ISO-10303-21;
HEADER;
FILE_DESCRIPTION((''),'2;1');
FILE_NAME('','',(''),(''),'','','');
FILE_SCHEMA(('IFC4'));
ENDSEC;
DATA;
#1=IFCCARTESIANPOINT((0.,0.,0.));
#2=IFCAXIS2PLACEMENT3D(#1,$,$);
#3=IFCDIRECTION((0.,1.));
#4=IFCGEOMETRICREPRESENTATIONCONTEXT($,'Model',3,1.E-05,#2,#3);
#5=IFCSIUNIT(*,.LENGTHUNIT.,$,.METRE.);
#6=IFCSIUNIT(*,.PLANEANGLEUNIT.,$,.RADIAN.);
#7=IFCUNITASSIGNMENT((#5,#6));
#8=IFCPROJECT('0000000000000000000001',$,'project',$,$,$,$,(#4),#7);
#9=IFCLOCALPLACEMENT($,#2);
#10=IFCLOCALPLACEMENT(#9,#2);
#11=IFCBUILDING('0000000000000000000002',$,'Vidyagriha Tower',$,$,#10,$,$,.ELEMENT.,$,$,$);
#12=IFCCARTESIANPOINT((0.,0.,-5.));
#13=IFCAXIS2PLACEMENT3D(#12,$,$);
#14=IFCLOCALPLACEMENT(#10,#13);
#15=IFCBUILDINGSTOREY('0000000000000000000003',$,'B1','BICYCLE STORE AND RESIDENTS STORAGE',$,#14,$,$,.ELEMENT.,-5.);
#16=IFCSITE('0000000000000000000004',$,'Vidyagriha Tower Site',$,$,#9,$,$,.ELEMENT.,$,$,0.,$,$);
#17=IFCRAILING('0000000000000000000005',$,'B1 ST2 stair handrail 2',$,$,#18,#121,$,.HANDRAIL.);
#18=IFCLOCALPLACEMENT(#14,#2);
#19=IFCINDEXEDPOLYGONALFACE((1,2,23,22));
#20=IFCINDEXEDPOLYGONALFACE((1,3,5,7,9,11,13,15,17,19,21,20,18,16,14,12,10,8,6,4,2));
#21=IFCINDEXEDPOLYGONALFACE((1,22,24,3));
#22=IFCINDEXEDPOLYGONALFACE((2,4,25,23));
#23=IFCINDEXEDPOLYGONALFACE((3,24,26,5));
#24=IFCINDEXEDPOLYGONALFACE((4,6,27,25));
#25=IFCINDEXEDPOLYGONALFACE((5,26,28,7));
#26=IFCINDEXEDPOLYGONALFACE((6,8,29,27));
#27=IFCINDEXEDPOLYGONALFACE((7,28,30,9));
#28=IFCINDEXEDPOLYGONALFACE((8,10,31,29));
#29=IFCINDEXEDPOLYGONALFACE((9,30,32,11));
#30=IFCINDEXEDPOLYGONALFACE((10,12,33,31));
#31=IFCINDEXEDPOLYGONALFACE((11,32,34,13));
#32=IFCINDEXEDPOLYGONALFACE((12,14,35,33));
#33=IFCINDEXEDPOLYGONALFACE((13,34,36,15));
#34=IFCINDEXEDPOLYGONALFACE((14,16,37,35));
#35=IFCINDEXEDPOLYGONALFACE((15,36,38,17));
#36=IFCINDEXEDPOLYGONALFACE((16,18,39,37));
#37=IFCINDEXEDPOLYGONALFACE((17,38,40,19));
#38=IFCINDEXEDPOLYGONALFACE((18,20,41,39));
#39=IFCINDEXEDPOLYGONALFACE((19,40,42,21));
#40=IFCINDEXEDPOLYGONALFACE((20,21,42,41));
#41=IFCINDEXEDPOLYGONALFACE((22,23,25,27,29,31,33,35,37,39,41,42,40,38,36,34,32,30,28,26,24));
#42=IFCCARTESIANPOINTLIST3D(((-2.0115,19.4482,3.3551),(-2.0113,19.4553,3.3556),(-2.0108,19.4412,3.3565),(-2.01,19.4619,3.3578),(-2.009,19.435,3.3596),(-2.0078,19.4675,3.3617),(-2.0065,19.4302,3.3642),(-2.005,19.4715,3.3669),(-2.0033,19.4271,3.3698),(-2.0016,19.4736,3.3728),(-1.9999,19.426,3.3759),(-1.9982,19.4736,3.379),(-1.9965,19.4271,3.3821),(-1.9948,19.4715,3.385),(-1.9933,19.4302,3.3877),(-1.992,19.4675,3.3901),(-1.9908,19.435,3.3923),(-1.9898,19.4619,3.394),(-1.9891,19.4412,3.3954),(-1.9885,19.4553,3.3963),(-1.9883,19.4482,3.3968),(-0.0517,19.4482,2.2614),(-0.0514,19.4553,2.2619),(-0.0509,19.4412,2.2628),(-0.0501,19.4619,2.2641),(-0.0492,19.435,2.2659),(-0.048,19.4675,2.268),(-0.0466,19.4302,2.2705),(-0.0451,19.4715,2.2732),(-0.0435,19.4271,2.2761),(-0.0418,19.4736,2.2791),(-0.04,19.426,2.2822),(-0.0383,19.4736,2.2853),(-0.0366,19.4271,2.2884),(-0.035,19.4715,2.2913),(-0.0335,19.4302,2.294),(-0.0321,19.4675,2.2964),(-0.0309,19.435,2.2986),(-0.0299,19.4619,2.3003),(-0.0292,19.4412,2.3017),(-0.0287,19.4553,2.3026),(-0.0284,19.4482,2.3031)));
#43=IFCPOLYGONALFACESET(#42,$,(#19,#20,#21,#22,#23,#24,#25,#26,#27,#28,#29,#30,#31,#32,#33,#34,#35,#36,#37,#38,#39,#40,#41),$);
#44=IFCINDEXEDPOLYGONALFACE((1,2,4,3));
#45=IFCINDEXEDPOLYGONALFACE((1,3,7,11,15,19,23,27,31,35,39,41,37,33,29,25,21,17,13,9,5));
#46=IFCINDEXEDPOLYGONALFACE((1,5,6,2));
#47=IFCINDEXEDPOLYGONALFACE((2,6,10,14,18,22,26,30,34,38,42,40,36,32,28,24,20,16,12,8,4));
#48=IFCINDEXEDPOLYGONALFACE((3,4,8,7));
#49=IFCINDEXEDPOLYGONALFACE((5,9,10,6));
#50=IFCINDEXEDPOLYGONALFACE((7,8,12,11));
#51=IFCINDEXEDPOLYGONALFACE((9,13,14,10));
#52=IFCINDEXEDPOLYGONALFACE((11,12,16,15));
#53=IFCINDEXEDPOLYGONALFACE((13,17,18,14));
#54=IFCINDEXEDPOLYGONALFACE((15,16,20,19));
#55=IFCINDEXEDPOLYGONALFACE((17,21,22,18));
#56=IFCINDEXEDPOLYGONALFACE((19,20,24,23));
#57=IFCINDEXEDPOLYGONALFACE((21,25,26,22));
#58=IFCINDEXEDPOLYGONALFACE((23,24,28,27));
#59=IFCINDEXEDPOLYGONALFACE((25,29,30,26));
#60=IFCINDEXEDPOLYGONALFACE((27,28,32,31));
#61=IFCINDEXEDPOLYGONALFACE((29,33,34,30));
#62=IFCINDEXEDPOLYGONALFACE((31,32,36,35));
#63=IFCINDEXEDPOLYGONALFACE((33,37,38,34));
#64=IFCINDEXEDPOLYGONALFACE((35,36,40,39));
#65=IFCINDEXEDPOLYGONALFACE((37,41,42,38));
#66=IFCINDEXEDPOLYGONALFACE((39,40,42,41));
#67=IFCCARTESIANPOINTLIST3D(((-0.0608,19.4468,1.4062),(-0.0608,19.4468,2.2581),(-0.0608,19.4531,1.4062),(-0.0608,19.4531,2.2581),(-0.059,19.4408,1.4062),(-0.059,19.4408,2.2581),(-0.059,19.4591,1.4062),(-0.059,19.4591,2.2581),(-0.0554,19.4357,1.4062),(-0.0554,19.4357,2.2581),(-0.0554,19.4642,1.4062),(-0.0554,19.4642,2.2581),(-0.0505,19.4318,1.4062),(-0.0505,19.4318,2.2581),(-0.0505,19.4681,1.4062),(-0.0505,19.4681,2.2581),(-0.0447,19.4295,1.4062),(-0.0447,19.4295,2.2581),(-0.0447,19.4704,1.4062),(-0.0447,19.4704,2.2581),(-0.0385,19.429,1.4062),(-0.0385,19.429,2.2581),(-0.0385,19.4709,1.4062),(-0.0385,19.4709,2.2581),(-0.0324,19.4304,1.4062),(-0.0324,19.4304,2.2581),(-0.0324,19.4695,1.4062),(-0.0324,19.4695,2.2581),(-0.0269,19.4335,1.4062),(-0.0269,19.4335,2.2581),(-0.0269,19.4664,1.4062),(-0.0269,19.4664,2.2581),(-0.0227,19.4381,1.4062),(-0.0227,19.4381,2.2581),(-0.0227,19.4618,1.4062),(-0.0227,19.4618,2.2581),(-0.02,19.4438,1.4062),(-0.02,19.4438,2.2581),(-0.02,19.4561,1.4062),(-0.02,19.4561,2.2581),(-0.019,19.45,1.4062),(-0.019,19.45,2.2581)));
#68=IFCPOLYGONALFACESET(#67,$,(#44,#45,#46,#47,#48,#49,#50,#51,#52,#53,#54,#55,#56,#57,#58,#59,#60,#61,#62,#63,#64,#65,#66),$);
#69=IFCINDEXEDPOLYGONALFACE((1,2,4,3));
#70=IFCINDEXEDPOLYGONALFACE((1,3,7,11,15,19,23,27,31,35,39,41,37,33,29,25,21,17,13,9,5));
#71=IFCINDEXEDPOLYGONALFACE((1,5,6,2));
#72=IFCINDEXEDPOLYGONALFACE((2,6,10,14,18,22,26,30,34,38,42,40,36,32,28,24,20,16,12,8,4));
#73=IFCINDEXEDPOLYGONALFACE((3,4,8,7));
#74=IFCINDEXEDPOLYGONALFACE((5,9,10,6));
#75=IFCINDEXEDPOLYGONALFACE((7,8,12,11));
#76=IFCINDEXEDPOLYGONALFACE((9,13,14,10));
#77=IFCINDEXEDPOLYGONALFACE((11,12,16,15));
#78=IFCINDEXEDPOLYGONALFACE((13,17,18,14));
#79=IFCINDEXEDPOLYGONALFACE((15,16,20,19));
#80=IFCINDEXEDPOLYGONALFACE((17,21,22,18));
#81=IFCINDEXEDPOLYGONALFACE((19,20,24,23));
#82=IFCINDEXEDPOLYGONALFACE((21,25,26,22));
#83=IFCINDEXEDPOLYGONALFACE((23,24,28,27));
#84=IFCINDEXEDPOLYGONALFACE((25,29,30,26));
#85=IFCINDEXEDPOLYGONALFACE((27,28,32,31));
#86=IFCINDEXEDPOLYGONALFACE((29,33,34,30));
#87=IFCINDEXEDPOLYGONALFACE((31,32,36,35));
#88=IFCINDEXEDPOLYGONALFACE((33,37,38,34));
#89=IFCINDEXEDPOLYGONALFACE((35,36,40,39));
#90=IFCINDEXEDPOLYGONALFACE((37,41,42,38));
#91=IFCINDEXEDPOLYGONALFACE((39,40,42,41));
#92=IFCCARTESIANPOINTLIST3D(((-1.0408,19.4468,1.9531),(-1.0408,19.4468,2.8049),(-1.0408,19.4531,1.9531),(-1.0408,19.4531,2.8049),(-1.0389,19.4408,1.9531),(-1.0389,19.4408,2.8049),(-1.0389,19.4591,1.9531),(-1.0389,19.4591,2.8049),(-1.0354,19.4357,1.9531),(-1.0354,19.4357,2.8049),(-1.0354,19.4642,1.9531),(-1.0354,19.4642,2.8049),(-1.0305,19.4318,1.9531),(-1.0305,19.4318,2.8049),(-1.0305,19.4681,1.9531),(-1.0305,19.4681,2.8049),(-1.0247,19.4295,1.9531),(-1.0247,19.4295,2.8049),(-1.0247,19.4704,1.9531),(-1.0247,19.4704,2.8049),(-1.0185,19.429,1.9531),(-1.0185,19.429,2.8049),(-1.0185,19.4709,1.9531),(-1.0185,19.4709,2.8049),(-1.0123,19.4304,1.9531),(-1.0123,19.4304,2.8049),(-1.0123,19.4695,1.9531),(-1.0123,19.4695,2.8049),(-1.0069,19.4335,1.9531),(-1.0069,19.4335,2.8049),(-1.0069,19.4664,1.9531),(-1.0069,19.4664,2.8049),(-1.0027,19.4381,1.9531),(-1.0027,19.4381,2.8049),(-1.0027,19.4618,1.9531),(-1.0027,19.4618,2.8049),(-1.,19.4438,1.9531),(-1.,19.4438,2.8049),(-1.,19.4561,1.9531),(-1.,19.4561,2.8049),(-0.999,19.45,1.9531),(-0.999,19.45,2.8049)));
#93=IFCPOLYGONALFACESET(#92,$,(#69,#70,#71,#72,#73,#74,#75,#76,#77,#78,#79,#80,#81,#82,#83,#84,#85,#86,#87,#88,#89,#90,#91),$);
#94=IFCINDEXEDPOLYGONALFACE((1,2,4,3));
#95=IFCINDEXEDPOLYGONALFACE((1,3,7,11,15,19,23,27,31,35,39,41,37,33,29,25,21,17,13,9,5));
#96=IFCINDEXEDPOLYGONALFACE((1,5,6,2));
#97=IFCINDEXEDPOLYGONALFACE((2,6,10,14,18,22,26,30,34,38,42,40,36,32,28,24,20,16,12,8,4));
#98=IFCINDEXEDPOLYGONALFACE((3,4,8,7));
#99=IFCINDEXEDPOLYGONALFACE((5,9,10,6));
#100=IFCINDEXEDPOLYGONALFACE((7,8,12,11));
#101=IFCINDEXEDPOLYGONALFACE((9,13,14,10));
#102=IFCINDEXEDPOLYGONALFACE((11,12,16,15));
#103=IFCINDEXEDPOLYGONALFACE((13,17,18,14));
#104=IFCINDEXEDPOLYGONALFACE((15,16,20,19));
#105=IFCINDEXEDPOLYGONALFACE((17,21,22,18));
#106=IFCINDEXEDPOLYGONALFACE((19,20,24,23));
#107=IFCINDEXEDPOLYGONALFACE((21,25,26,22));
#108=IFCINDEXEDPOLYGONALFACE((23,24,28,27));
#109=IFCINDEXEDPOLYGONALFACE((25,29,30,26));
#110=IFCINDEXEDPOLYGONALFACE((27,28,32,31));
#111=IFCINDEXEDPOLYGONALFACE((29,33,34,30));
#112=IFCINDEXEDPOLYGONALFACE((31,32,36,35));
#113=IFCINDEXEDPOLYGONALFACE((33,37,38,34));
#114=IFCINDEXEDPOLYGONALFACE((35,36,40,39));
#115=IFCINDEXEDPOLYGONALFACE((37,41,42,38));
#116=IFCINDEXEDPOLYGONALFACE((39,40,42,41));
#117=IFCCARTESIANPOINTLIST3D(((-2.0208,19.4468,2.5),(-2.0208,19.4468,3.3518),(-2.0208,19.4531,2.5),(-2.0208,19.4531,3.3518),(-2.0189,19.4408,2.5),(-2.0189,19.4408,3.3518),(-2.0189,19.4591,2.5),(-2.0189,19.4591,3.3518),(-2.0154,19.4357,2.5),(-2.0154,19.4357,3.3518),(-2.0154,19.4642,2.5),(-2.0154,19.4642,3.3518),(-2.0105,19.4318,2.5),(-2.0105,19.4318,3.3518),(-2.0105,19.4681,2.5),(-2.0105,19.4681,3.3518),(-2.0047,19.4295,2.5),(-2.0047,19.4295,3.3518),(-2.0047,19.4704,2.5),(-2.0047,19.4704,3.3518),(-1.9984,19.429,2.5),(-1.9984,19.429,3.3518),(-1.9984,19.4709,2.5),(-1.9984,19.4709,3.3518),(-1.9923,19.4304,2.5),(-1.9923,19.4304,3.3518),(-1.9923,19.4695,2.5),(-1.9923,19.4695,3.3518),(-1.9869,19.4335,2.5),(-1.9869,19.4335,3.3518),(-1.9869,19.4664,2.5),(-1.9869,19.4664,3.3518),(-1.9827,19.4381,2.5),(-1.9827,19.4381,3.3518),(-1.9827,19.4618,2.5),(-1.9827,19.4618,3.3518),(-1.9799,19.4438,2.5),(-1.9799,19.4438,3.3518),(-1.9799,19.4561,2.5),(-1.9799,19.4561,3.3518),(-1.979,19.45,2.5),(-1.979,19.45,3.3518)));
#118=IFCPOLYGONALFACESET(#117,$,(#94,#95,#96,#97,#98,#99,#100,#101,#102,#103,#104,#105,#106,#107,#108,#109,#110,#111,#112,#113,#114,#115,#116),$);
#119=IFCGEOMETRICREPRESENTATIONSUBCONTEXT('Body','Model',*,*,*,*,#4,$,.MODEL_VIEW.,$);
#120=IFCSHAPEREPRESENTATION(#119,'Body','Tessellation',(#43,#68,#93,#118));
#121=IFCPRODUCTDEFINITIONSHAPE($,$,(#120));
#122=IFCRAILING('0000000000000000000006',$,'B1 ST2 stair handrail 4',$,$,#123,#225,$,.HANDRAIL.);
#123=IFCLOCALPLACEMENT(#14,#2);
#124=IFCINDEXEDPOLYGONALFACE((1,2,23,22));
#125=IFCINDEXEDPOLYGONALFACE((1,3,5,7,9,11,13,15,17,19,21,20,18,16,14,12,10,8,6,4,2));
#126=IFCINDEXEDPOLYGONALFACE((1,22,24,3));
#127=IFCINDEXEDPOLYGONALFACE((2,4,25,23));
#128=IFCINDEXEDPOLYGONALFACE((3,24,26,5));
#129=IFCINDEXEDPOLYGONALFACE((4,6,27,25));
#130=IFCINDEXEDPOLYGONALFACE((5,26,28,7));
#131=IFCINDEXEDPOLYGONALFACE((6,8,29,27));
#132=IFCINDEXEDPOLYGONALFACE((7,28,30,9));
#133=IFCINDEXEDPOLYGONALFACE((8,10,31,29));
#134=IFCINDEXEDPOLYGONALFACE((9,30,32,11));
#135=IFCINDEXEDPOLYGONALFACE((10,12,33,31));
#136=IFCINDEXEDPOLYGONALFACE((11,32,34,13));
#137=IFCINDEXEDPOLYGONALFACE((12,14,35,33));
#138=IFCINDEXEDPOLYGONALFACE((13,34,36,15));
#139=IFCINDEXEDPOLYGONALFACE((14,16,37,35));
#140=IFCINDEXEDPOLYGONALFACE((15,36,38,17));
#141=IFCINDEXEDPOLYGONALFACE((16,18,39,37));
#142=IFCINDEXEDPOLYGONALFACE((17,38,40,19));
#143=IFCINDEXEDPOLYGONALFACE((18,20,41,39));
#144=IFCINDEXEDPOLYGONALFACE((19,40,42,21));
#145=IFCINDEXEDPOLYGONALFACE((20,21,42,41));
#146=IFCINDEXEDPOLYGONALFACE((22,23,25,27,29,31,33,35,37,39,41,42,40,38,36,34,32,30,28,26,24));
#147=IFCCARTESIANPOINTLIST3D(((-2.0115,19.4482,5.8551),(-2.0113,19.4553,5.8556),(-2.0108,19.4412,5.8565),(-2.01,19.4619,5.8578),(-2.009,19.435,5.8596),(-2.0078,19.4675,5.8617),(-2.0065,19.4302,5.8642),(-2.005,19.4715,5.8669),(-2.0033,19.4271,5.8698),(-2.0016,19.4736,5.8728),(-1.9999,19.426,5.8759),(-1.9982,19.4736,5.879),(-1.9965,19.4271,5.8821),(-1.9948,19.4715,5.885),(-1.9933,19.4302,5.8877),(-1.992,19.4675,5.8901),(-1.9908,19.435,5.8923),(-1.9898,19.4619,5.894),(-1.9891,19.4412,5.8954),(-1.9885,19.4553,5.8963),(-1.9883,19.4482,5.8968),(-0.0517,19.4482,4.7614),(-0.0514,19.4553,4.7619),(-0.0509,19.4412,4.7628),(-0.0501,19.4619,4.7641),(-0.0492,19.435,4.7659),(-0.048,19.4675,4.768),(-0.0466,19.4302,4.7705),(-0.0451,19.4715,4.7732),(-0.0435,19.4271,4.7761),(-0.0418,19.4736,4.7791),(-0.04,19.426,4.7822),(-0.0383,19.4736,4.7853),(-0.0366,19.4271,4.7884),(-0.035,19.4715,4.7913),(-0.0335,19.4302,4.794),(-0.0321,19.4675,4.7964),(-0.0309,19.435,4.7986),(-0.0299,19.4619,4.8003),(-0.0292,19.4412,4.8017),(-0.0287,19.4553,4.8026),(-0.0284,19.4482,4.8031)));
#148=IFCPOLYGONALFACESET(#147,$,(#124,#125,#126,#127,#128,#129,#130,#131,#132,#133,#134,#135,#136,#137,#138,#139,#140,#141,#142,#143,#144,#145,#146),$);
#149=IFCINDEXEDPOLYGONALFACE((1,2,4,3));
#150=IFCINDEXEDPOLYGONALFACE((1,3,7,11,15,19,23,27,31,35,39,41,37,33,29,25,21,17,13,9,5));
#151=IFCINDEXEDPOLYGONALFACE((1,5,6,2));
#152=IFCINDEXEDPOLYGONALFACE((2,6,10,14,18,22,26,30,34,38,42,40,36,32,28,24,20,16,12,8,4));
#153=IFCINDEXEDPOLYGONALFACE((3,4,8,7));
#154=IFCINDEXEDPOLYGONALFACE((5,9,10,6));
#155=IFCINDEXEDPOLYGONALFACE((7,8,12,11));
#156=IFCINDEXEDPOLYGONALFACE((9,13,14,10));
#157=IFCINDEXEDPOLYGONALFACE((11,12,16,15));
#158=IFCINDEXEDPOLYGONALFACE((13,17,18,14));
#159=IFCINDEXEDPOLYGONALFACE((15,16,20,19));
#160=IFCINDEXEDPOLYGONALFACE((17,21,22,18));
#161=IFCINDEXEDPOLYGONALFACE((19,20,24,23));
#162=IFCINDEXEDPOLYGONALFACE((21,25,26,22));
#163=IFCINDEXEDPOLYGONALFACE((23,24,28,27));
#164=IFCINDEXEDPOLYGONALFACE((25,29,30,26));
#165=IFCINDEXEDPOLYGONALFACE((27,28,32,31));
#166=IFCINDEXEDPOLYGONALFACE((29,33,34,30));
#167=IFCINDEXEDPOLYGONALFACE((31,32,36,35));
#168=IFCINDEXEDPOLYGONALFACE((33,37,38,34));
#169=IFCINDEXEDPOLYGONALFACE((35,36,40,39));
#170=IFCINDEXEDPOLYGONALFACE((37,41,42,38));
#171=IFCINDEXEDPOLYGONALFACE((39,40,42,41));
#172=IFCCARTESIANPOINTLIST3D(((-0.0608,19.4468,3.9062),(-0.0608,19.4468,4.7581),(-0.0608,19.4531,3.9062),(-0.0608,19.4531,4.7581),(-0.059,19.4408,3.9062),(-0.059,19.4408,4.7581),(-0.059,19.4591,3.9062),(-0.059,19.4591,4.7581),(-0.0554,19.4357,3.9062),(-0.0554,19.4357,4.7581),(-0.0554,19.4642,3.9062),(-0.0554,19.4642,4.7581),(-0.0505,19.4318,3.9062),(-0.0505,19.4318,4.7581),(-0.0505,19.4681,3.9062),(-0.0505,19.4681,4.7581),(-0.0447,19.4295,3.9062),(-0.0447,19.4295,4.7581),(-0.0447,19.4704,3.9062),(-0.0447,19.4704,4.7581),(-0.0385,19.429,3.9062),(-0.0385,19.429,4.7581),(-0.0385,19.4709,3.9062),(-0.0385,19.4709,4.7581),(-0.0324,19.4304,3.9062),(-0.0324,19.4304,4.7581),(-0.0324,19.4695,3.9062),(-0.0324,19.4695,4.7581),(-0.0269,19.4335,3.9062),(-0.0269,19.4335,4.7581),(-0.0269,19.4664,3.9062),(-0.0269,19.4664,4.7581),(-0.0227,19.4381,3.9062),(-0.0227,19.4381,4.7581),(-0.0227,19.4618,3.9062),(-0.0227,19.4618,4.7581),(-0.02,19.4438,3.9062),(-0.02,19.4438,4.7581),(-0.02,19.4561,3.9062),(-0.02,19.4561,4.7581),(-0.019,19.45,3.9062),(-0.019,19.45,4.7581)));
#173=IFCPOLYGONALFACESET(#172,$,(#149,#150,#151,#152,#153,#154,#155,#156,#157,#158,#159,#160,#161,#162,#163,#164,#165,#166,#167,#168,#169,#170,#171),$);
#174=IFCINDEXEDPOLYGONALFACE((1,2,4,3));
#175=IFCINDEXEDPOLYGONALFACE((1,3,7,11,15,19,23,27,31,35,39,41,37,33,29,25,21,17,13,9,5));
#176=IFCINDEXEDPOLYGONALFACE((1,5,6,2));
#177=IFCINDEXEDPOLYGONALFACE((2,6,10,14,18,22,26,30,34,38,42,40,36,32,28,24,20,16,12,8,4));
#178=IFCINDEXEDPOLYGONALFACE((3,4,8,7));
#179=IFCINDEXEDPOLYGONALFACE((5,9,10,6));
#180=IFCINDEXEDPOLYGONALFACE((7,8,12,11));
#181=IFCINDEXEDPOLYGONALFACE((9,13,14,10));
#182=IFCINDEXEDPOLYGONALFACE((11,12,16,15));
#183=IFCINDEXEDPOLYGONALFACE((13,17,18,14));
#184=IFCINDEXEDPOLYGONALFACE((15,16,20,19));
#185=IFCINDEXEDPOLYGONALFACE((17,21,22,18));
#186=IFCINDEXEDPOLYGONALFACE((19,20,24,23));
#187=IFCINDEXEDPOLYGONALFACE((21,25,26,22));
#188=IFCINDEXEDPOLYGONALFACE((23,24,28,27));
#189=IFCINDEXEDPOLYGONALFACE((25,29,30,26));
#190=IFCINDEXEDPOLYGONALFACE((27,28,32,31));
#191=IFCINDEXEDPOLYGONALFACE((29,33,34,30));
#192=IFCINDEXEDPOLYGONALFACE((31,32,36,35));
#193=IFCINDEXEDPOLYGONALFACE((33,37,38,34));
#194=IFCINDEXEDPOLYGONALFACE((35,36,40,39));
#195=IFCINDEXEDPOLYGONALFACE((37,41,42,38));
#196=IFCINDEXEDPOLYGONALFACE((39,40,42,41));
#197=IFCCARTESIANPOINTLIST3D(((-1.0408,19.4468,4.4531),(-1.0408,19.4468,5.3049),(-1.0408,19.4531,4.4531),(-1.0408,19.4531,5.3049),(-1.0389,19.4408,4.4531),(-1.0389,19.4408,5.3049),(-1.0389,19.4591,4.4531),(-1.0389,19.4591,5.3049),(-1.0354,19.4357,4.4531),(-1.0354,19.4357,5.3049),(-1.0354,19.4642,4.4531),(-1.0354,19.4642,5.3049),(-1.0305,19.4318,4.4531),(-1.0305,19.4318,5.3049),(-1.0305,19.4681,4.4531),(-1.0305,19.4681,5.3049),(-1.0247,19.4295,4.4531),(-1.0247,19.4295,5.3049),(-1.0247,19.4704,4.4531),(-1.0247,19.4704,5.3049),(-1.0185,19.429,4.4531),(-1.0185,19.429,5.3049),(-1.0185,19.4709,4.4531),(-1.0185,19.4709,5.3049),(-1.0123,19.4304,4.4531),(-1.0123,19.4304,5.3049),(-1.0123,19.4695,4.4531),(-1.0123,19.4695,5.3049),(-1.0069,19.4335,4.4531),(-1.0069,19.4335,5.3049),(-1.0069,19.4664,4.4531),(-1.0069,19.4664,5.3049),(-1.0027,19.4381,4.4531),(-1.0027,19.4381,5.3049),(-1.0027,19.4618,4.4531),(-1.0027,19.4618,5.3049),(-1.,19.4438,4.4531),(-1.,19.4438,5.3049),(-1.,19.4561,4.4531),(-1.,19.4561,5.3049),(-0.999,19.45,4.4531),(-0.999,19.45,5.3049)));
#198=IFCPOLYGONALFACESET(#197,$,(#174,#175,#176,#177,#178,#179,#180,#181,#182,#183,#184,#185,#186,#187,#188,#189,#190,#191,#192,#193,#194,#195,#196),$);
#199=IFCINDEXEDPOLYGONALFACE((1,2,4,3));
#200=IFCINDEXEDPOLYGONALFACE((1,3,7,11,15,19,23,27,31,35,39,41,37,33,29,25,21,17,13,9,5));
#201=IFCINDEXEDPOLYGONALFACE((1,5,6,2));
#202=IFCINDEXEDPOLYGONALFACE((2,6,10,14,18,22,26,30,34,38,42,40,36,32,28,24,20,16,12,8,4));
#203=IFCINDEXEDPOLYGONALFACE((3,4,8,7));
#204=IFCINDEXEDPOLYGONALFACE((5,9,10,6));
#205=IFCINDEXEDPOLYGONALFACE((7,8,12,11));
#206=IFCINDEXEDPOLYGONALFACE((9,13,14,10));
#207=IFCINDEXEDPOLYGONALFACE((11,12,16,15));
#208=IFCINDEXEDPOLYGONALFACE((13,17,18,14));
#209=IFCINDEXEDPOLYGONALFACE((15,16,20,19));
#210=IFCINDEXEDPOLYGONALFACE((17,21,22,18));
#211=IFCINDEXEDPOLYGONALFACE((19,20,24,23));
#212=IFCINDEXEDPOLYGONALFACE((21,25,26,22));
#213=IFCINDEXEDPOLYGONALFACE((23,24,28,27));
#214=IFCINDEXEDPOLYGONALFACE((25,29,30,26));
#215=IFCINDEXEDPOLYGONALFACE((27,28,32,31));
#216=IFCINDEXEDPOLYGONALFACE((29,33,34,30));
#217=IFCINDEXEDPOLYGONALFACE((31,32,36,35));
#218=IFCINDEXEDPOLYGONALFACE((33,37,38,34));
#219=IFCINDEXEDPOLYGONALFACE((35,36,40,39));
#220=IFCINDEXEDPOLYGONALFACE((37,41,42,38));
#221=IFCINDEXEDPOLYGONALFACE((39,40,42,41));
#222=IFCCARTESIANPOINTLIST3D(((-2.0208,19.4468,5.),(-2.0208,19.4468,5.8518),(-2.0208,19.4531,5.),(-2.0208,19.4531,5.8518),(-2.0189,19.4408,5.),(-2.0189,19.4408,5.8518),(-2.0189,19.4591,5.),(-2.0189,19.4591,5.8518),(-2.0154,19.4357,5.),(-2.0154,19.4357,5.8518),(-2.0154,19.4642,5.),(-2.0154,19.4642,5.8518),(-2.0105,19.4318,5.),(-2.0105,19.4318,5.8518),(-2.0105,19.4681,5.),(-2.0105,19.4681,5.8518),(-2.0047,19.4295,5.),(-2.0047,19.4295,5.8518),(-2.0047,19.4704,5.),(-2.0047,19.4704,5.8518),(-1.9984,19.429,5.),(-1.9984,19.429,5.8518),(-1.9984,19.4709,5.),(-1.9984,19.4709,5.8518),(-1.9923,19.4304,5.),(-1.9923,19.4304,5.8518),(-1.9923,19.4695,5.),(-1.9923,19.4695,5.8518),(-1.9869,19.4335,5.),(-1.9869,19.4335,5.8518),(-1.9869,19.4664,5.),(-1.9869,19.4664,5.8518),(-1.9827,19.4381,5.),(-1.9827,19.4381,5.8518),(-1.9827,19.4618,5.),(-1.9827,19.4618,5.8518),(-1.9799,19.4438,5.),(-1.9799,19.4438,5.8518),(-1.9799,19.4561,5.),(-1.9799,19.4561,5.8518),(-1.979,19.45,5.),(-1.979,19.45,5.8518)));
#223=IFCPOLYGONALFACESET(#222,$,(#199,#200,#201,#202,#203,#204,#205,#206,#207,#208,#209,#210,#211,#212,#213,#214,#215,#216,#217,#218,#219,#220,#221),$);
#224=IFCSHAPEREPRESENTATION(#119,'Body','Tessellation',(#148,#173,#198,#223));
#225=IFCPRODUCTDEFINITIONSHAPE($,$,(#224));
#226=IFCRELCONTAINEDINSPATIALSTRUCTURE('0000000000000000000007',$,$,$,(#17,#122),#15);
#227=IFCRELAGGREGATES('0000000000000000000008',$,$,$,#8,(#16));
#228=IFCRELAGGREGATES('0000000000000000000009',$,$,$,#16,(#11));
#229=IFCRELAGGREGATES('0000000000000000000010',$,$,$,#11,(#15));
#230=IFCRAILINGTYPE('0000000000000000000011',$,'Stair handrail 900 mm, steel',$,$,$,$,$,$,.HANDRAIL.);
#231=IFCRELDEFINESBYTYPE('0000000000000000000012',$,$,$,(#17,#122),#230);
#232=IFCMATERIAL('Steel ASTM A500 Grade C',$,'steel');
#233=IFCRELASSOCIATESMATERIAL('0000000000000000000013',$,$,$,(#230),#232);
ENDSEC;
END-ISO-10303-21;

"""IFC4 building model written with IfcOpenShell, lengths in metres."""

from ifc_helpers import new_model, si_unit, direction, frame, origin, origin_2d, place, context, subcontext, project, spatial, circle, extrude, material, type_object, element, save


model = new_model("IFC4")

# Units and contexts
model_context = context("Model", 3, precision=1e-05, world=origin(), true_north=direction((0.0, 1.0)))
body_context = subcontext(model_context, "Body", "Model", "MODEL_VIEW")
ifc_project = project(units=[si_unit("LENGTHUNIT", "METRE"), si_unit("PLANEANGLEUNIT", "RADIAN")], contexts=[model_context])

# Site, building, storey
site_placement = place(None, origin())
site = spatial("IfcSite", under=ifc_project, at=site_placement, Name="Vidyagriha Tower Site", CompositionType="ELEMENT", RefElevation=0.0)
building_placement = place(site_placement, origin())
building = spatial("IfcBuilding", under=site, at=building_placement, Name="Vidyagriha Tower", CompositionType="ELEMENT")
storey_placement = place(building_placement, frame((0.0, 0.0, -5.0)))
storey = spatial("IfcBuildingStorey", under=building, at=storey_placement, Name="B1", Description="BICYCLE STORE AND RESIDENTS STORAGE", CompositionType="ELEMENT", Elevation=-5.0)

# Railings
ifc_material_1 = material(Name="Steel ASTM A500 Grade C", Category="steel")
railing_type_1 = type_object("IfcRailingType", Name="Stair handrail 900 mm, steel", PredefinedType="HANDRAIL", material=ifc_material_1)
for number, where, name in (
    (1, (-0.04, 19.45, 1.4062), "B1 ST2 stair handrail 2"),
    (2, (-0.04, 19.45, 3.9062), "B1 ST2 stair handrail 4"),
):
    element("IfcRailing", number, at=place(storey_placement, frame(where)), inside=storey, type_object=railing_type_1, Name=name, PredefinedType="HANDRAIL", context=body_context, shape_type="SweptSolid", body=[
        extrude(circle(Radius=0.0239, at=origin_2d()), frame((0.0, 0.0, 0.876), z_axis=(-0.873232, 0.0, 0.487304), x_axis=(0.0, -1.0, 0.0)), (0.0, 0.0, 1.0), 2.2444),
        extrude(circle(Radius=0.021, at=origin_2d()), origin(), (0.0, 0.0, 1.0), 0.8518),
        extrude(circle(Radius=0.021, at=origin_2d()), frame((-0.98, 0.0, 0.5469)), (0.0, 0.0, 1.0), 0.8518),
        extrude(circle(Radius=0.021, at=origin_2d()), frame((-1.96, 0.0, 1.0938)), (0.0, 0.0, 1.0), 0.8518),
    ])

save(model, "model.ifc")
